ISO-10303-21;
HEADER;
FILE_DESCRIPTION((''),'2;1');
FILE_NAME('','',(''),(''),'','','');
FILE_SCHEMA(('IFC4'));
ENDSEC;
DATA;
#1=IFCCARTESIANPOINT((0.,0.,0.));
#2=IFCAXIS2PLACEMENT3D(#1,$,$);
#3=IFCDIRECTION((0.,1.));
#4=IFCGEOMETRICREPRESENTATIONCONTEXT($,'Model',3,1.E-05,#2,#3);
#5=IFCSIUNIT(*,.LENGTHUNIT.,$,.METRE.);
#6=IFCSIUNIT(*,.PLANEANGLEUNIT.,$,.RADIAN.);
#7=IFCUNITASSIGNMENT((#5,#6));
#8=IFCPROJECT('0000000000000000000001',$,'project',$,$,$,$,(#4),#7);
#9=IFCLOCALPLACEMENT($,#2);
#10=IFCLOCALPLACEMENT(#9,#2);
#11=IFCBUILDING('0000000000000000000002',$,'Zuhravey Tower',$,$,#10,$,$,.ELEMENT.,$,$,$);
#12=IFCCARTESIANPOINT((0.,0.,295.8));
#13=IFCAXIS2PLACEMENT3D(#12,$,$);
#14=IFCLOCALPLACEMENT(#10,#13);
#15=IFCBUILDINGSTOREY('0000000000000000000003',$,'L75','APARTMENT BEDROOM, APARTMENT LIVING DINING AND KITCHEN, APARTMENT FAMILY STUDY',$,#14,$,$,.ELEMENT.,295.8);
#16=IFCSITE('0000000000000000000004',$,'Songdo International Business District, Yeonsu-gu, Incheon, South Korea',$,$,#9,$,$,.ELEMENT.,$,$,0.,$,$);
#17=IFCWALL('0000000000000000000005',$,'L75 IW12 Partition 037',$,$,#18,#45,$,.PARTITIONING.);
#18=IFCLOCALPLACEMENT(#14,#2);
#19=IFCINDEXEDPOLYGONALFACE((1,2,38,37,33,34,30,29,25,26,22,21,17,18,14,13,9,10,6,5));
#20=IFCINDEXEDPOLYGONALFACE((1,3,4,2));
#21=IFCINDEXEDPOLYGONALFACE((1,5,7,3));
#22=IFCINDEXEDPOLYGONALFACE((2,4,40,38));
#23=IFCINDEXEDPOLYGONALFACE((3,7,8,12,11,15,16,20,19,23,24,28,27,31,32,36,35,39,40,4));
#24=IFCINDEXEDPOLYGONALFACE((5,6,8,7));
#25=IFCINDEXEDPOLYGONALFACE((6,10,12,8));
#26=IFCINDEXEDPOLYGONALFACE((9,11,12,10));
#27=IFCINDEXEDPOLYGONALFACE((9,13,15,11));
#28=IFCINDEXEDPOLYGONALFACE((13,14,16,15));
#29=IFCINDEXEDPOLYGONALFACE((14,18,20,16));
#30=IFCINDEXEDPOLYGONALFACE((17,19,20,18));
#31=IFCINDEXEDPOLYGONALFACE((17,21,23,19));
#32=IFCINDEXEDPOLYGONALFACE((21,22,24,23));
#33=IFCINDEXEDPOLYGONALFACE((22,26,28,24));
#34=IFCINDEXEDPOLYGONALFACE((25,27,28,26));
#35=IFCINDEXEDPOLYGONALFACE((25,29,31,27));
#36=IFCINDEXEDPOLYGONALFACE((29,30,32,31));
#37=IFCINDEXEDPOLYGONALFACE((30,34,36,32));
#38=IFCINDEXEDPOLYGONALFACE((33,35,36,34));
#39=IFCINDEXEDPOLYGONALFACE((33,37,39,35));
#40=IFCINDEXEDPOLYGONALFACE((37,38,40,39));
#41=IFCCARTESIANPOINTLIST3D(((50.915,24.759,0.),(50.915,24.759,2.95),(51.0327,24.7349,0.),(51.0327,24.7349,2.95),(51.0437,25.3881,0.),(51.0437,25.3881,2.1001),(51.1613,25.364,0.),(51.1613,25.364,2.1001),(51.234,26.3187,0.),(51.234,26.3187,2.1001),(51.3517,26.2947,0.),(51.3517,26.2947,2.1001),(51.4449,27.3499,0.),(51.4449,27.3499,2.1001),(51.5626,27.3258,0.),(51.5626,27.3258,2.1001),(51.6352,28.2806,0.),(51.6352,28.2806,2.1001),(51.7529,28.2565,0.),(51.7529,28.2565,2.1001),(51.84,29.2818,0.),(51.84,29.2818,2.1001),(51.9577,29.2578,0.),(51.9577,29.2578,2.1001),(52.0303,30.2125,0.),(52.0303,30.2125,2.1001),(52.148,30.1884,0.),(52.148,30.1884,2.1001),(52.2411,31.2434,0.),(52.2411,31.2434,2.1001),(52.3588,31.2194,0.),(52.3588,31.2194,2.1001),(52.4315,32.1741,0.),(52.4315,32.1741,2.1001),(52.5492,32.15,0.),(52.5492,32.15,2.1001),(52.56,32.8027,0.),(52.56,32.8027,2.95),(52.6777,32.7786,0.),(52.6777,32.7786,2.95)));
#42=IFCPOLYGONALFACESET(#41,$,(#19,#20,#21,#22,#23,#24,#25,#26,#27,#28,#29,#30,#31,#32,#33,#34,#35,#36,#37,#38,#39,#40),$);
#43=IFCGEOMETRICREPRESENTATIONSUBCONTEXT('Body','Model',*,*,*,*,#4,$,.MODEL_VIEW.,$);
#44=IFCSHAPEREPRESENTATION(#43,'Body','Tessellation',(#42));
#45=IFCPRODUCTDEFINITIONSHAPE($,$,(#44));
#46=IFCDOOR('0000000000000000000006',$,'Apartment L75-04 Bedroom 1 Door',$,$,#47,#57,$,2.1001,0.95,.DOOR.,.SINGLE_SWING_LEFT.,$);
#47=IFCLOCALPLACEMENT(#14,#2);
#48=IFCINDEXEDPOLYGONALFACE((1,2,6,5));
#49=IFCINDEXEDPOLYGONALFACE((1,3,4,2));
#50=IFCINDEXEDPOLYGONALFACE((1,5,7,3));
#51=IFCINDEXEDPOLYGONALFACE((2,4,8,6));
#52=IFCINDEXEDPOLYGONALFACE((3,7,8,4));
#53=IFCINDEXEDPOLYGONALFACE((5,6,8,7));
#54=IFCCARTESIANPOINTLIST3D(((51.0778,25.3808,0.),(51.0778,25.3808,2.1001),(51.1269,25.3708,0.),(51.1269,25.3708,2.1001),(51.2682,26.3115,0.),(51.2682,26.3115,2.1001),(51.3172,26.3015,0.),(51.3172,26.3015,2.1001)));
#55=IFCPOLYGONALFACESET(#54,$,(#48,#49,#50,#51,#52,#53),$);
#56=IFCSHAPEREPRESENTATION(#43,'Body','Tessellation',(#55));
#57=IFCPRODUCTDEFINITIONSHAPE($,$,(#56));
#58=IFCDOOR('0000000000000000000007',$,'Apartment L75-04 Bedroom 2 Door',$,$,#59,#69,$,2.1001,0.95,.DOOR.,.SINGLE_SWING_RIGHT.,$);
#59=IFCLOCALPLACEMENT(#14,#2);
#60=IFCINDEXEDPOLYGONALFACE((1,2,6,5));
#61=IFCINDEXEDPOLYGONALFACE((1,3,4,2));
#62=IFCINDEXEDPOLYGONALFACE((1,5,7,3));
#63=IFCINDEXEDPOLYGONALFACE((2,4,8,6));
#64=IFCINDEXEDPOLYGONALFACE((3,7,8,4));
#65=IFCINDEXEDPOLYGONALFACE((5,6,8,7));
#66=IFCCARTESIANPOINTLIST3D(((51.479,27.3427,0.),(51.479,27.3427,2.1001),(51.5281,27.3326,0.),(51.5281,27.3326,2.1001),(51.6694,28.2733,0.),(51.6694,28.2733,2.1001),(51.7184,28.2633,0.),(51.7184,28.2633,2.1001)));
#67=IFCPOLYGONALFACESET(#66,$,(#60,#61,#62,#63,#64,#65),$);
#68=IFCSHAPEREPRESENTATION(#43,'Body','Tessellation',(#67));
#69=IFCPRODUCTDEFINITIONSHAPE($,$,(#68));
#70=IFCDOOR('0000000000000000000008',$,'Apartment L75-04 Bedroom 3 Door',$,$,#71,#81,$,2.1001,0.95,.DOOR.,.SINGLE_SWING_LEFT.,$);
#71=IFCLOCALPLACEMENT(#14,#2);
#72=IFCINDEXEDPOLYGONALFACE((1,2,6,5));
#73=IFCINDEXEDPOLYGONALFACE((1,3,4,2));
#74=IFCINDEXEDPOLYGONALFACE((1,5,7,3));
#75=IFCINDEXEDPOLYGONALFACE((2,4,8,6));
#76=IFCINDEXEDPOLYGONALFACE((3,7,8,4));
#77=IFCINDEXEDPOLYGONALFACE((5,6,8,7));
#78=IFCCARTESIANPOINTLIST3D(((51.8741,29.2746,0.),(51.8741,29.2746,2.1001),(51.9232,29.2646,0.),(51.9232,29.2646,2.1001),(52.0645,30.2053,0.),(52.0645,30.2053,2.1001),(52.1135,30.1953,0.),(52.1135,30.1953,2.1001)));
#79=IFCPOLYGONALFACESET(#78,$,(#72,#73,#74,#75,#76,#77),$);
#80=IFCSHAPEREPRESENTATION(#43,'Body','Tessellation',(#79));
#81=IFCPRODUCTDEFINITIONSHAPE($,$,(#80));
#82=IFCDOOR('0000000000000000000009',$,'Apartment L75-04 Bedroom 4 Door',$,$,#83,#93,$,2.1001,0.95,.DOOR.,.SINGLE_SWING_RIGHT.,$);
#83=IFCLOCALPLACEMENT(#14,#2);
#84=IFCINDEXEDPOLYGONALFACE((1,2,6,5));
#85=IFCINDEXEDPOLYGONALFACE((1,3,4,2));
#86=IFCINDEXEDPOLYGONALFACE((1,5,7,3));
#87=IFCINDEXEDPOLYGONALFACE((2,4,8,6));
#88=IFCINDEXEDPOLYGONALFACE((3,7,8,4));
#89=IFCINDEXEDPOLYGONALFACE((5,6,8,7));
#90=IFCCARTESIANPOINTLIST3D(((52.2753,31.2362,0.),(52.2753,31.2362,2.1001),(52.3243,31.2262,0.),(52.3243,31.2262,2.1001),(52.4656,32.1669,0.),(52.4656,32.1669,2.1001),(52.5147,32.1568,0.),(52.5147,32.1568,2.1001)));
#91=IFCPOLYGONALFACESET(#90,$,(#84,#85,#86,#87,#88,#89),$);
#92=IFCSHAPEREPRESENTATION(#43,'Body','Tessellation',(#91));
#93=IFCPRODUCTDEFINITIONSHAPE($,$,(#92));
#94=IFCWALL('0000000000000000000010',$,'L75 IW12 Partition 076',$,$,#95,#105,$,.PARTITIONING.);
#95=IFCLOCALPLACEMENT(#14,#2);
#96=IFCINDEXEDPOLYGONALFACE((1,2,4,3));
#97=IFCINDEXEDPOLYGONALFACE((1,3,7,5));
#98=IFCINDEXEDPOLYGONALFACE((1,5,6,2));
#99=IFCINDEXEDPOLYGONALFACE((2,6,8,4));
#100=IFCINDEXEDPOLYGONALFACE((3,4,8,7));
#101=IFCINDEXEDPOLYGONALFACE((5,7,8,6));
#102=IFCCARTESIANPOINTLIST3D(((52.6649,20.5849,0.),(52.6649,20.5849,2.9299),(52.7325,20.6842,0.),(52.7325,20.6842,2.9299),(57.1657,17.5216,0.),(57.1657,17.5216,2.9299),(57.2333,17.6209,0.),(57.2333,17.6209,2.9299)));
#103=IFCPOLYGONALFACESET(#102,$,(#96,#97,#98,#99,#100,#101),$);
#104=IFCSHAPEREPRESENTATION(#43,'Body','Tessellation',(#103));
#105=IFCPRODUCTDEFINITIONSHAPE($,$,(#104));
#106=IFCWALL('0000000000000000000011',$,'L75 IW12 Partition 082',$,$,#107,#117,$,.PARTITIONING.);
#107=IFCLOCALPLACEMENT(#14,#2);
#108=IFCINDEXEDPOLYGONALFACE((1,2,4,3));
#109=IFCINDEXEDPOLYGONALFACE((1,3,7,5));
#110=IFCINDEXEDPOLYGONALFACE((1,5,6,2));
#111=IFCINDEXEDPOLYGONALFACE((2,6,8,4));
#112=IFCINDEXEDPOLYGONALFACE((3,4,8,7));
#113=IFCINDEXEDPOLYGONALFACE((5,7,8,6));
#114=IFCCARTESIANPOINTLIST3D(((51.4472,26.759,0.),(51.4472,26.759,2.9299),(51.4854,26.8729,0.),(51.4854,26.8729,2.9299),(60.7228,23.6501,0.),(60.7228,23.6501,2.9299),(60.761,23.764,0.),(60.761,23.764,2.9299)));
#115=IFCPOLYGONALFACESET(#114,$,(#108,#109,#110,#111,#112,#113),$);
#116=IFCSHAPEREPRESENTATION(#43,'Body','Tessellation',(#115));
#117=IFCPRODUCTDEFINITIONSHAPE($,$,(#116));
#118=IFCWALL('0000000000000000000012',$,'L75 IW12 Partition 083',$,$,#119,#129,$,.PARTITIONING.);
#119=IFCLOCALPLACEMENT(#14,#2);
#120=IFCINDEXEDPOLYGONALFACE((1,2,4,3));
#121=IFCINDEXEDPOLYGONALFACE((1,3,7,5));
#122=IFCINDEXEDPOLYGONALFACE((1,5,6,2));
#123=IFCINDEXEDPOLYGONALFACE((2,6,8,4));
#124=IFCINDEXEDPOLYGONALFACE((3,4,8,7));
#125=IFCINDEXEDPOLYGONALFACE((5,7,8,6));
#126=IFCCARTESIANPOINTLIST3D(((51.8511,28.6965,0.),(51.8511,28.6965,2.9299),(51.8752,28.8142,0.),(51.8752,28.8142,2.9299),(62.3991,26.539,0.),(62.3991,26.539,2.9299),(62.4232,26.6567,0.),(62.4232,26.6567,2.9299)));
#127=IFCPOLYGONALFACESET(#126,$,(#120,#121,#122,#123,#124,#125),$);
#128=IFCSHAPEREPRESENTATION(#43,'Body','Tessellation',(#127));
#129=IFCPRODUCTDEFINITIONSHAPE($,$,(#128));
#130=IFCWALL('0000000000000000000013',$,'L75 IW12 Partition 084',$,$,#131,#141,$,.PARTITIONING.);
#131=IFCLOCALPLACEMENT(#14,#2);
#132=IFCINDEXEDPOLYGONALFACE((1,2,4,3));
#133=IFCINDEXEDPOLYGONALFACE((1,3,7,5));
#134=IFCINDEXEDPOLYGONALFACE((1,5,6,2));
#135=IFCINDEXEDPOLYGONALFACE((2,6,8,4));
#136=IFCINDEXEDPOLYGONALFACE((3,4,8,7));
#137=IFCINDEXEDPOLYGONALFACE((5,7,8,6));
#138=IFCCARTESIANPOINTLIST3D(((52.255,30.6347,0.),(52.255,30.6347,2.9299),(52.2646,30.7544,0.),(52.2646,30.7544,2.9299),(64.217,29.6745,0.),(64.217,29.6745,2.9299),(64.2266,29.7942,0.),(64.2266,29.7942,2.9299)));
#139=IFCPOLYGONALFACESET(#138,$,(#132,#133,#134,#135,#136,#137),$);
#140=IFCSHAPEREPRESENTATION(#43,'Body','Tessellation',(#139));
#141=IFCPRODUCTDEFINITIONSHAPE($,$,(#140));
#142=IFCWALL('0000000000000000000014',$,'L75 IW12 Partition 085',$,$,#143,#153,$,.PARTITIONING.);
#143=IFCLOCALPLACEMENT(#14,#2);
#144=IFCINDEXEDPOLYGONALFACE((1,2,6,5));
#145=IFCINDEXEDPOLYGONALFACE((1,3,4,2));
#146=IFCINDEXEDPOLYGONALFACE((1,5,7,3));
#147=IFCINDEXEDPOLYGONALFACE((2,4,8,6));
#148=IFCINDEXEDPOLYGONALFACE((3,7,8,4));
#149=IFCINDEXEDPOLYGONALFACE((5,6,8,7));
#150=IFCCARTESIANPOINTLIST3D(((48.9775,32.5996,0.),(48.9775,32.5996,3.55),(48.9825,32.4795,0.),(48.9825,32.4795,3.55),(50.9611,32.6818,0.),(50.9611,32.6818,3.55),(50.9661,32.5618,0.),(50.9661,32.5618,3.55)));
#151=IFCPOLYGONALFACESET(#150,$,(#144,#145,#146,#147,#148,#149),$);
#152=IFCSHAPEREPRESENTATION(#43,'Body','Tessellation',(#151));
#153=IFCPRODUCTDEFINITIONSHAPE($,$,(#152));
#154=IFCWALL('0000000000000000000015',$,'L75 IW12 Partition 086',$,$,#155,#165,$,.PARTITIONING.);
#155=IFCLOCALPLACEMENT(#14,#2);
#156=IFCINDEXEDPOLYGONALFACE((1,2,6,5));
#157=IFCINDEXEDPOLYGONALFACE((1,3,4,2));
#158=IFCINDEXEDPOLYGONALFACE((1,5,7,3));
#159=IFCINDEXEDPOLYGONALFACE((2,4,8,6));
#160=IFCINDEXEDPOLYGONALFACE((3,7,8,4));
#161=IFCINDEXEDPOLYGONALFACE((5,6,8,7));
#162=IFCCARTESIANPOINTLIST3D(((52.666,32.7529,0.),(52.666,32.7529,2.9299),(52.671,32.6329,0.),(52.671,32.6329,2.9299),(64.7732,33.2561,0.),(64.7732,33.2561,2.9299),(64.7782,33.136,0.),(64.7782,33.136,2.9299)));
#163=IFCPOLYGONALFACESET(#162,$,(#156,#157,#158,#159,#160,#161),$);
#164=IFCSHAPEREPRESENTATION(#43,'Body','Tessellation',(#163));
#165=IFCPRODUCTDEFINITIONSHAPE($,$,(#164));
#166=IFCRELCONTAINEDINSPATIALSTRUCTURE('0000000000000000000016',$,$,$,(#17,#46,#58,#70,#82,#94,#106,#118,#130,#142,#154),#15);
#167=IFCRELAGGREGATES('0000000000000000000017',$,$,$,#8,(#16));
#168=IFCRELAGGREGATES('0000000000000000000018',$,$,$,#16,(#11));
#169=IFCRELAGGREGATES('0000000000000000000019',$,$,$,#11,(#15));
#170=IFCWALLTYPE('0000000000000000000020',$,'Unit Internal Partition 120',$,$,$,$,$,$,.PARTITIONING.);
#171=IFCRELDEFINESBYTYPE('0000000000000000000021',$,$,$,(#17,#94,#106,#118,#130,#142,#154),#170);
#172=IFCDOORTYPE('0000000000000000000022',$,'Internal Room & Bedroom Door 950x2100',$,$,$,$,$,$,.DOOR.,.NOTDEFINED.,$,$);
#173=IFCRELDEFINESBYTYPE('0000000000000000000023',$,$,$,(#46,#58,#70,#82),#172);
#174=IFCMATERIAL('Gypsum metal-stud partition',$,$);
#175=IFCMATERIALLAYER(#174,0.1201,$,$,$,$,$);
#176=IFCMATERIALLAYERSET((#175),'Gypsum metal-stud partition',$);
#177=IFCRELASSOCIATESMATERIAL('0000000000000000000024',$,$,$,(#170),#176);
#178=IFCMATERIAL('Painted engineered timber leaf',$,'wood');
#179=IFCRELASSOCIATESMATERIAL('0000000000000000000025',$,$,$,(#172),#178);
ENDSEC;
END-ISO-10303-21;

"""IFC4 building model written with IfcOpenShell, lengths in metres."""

from ifc_helpers import new_model, si_unit, direction, frame, frame_2d, origin, place, context, subcontext, project, spatial, rectangle, extrude, material, layer, layer_set, type_object, element, fill, save


model = new_model("IFC4")

# Units and contexts
model_context = context("Model", 3, precision=1e-05, world=origin(), true_north=direction((0.0, 1.0)))
body_context = subcontext(model_context, "Body", "Model", "MODEL_VIEW")
ifc_project = project(units=[si_unit("LENGTHUNIT", "METRE"), si_unit("PLANEANGLEUNIT", "RADIAN")], contexts=[model_context])

# Site, building, storey
site_placement = place(None, origin())
site = spatial("IfcSite", under=ifc_project, at=site_placement, Name="Songdo International Business District, Yeonsu-gu, Incheon, South Korea", CompositionType="ELEMENT", RefElevation=0.0)
building_placement = place(site_placement, origin())
building = spatial("IfcBuilding", under=site, at=building_placement, Name="Zuhravey Tower", CompositionType="ELEMENT")
storey_placement = place(building_placement, frame((0.0, 0.0, 295.8)))
storey = spatial("IfcBuildingStorey", under=building, at=storey_placement, Name="L75", Description="APARTMENT BEDROOM, APARTMENT LIVING DINING AND KITCHEN, APARTMENT FAMILY STUDY", CompositionType="ELEMENT", Elevation=295.8)

# Wall, openings, doors
ifc_material_1 = material(Name="Gypsum metal-stud partition")
ifc_layer_1 = layer(ifc_material_1, 0.1201)
ifc_layer_set_1 = layer_set([ifc_layer_1], Name="Gypsum metal-stud partition")
wall_type_1 = type_object("IfcWallType", Name="Unit Internal Partition 120", PredefinedType="PARTITIONING", material=ifc_layer_set_1)
ifc_material_2 = material(Name="Painted engineered timber leaf", Category="wood")
door_type_1 = type_object("IfcDoorType", Name="Internal Room & Bedroom Door 950x2100", OperationType="NOTDEFINED", PredefinedType="DOOR", material=ifc_material_2)
wall_1_placement = place(storey_placement, frame((50.9739, 24.7471, 0.0), z_axis=(0.0, 0.0, 1.0), x_axis=(0.200363, 0.979722, 0.0)))
wall_1 = element("IfcWall", 1, at=wall_1_placement, inside=storey, type_object=wall_type_1, Name="L75 IW12 Partition 037", PredefinedType="PARTITIONING", context=body_context, shape_type="SweptSolid", body=[
    extrude(rectangle(XDim=8.2102, YDim=0.1201, at=frame_2d((4.105, 0.0))), origin(), (0.0, 0.0, 1.0), 2.95),
])
opening_1_placement = place(wall_1_placement, frame((0.6418, 0.0, 0.0)))
opening_1 = element("IfcOpeningElement", 2, at=opening_1_placement, cuts=wall_1, PredefinedType="OPENING", context=body_context, shape_type="SweptSolid", body=[
    extrude(rectangle(XDim=0.95, YDim=2.1001, at=frame_2d((0.4751, 1.05))), frame((0.0, 0.072, 0.0), z_axis=(0.0, -1.0, 0.0), x_axis=(1.0, 0.0, 0.0)), (0.0, 0.0, 1.0), 0.144),
])
opening_2_placement = place(wall_1_placement, frame((2.6443, 0.0, 0.0)))
opening_2 = element("IfcOpeningElement", 3, at=opening_2_placement, cuts=wall_1, PredefinedType="OPENING", context=body_context, shape_type="SweptSolid", body=[
    extrude(rectangle(XDim=0.95, YDim=2.1001, at=frame_2d((0.4751, 1.05))), frame((0.0, 0.072, 0.0), z_axis=(0.0, -1.0, 0.0), x_axis=(1.0, 0.0, 0.0)), (0.0, 0.0, 1.0), 0.144),
])
opening_3_placement = place(wall_1_placement, frame((4.6162, 0.0, 0.0)))
opening_3 = element("IfcOpeningElement", 4, at=opening_3_placement, cuts=wall_1, PredefinedType="OPENING", context=body_context, shape_type="SweptSolid", body=[
    extrude(rectangle(XDim=0.95, YDim=2.1001, at=frame_2d((0.4751, 1.05))), frame((0.0, 0.072, 0.0), z_axis=(0.0, -1.0, 0.0), x_axis=(1.0, 0.0, 0.0)), (0.0, 0.0, 1.0), 0.144),
])
opening_4_placement = place(wall_1_placement, frame((6.6184, 0.0, 0.0)))
opening_4 = element("IfcOpeningElement", 5, at=opening_4_placement, cuts=wall_1, PredefinedType="OPENING", context=body_context, shape_type="SweptSolid", body=[
    extrude(rectangle(XDim=0.95, YDim=2.1001, at=frame_2d((0.4751, 1.05))), frame((0.0, 0.072, 0.0), z_axis=(0.0, -1.0, 0.0), x_axis=(1.0, 0.0, 0.0)), (0.0, 0.0, 1.0), 0.144),
])
door_1_placement = place(opening_1_placement, frame((0.95, 0.0, 0.0), z_axis=(0.0, 0.0, 1.0), x_axis=(-1.0, 0.0, 0.0)))
door_1 = element("IfcDoor", 6, at=door_1_placement, inside=storey, type_object=door_type_1, Name="Apartment L75-04 Bedroom 1 Door", OperationType="SINGLE_SWING_LEFT", OverallHeight=2.1001, OverallWidth=0.95, PredefinedType="DOOR", context=body_context, shape_type="SweptSolid", body=[
    extrude(rectangle(XDim=0.95, YDim=2.1001, at=frame_2d((0.4751, 1.05))), frame((0.0, 0.0249, 0.0), z_axis=(0.0, -1.0, 0.0), x_axis=(1.0, 0.0, 0.0)), (0.0, 0.0, 1.0), 0.05),
])
fill(opening_1, door_1)
door_2_placement = place(opening_2_placement, frame((0.95, 0.0, 0.0), z_axis=(0.0, 0.0, 1.0), x_axis=(-1.0, 0.0, 0.0)))
door_2 = element("IfcDoor", 7, at=door_2_placement, inside=storey, type_object=door_type_1, Name="Apartment L75-04 Bedroom 2 Door", OperationType="SINGLE_SWING_RIGHT", OverallHeight=2.1001, OverallWidth=0.95, PredefinedType="DOOR", context=body_context, shape_type="SweptSolid", body=[
    extrude(rectangle(XDim=0.95, YDim=2.1001, at=frame_2d((0.4751, 1.05))), frame((0.0, 0.0249, 0.0), z_axis=(0.0, -1.0, 0.0), x_axis=(1.0, 0.0, 0.0)), (0.0, 0.0, 1.0), 0.05),
])
fill(opening_2, door_2)
door_3_placement = place(opening_3_placement, frame((0.95, 0.0, 0.0), z_axis=(0.0, 0.0, 1.0), x_axis=(-1.0, 0.0, 0.0)))
door_3 = element("IfcDoor", 8, at=door_3_placement, inside=storey, type_object=door_type_1, Name="Apartment L75-04 Bedroom 3 Door", OperationType="SINGLE_SWING_LEFT", OverallHeight=2.1001, OverallWidth=0.95, PredefinedType="DOOR", context=body_context, shape_type="SweptSolid", body=[
    extrude(rectangle(XDim=0.95, YDim=2.1001, at=frame_2d((0.4751, 1.05))), frame((0.0, 0.0249, 0.0), z_axis=(0.0, -1.0, 0.0), x_axis=(1.0, 0.0, 0.0)), (0.0, 0.0, 1.0), 0.05),
])
fill(opening_3, door_3)
door_4_placement = place(opening_4_placement, frame((0.95, 0.0, 0.0), z_axis=(0.0, 0.0, 1.0), x_axis=(-1.0, 0.0, 0.0)))
door_4 = element("IfcDoor", 9, at=door_4_placement, inside=storey, type_object=door_type_1, Name="Apartment L75-04 Bedroom 4 Door", OperationType="SINGLE_SWING_RIGHT", OverallHeight=2.1001, OverallWidth=0.95, PredefinedType="DOOR", context=body_context, shape_type="SweptSolid", body=[
    extrude(rectangle(XDim=0.95, YDim=2.1001, at=frame_2d((0.4751, 1.05))), frame((0.0, 0.0249, 0.0), z_axis=(0.0, -1.0, 0.0), x_axis=(1.0, 0.0, 0.0)), (0.0, 0.0, 1.0), 0.05),
])
fill(opening_4, door_4)

# Walls
wall_2_placement = place(storey_placement, frame((52.6987, 20.6345, 0.0), z_axis=(0.0, 0.0, 1.0), x_axis=(0.826693, -0.562653, 0.0)))
element("IfcWall", 10, at=wall_2_placement, inside=storey, type_object=wall_type_1, Name="L75 IW12 Partition 076", PredefinedType="PARTITIONING", context=body_context, shape_type="SweptSolid", body=[
    extrude(rectangle(XDim=5.4443, YDim=0.1201, at=frame_2d((2.7222, 0.0))), origin(), (0.0, 0.0, 1.0), 2.9299),
])
wall_3_placement = place(storey_placement, frame((51.4663, 26.8159, 0.0), z_axis=(0.0, 0.0, 1.0), x_axis=(0.94816, -0.317792, 0.0)))
element("IfcWall", 11, at=wall_3_placement, inside=storey, type_object=wall_type_1, Name="L75 IW12 Partition 082", PredefinedType="PARTITIONING", context=body_context, shape_type="SweptSolid", body=[
    extrude(rectangle(XDim=9.7827, YDim=0.1201, at=frame_2d((4.8914, 0.0))), origin(), (0.0, 0.0, 1.0), 2.9299),
])
wall_4_placement = place(storey_placement, frame((51.863, 28.7554, 0.0), z_axis=(0.0, 0.0, 1.0), x_axis=(0.979716, -0.200392, 0.0)))
element("IfcWall", 12, at=wall_4_placement, inside=storey, type_object=wall_type_1, Name="L75 IW12 Partition 083", PredefinedType="PARTITIONING", context=body_context, shape_type="SweptSolid", body=[
    extrude(rectangle(XDim=10.7664, YDim=0.1201, at=frame_2d((5.3833, 0.0))), origin(), (0.0, 0.0, 1.0), 2.9299),
])
wall_5_placement = place(storey_placement, frame((52.2598, 30.6946, 0.0), z_axis=(0.0, 0.0, 1.0), x_axis=(0.996794, -0.080014, 0.0)))
element("IfcWall", 13, at=wall_5_placement, inside=storey, type_object=wall_type_1, Name="L75 IW12 Partition 084", PredefinedType="PARTITIONING", context=body_context, shape_type="SweptSolid", body=[
    extrude(rectangle(XDim=12.0005, YDim=0.1201, at=frame_2d((6.0002, 0.0))), origin(), (0.0, 0.0, 1.0), 2.9299),
])
wall_6_placement = place(storey_placement, frame((48.98, 32.5396, 0.0), z_axis=(0.0, 0.0, 1.0), x_axis=(0.999141, 0.041441, 0.0)))
element("IfcWall", 14, at=wall_6_placement, inside=storey, type_object=wall_type_1, Name="L75 IW12 Partition 085", PredefinedType="PARTITIONING", context=body_context, shape_type="SweptSolid", body=[
    extrude(rectangle(XDim=1.9854, YDim=0.1201, at=frame_2d((0.9927, 0.0))), origin(), (0.0, 0.0, 1.0), 3.55),
])
wall_7_placement = place(storey_placement, frame((52.6685, 32.6929, 0.0), z_axis=(0.0, 0.0, 1.0), x_axis=(0.999138, 0.041524, 0.0)))
element("IfcWall", 15, at=wall_7_placement, inside=storey, type_object=wall_type_1, Name="L75 IW12 Partition 086", PredefinedType="PARTITIONING", context=body_context, shape_type="SweptSolid", body=[
    extrude(rectangle(XDim=12.1177, YDim=0.1201, at=frame_2d((6.0588, 0.0))), origin(), (0.0, 0.0, 1.0), 2.9299),
])

save(model, "model.ifc")
